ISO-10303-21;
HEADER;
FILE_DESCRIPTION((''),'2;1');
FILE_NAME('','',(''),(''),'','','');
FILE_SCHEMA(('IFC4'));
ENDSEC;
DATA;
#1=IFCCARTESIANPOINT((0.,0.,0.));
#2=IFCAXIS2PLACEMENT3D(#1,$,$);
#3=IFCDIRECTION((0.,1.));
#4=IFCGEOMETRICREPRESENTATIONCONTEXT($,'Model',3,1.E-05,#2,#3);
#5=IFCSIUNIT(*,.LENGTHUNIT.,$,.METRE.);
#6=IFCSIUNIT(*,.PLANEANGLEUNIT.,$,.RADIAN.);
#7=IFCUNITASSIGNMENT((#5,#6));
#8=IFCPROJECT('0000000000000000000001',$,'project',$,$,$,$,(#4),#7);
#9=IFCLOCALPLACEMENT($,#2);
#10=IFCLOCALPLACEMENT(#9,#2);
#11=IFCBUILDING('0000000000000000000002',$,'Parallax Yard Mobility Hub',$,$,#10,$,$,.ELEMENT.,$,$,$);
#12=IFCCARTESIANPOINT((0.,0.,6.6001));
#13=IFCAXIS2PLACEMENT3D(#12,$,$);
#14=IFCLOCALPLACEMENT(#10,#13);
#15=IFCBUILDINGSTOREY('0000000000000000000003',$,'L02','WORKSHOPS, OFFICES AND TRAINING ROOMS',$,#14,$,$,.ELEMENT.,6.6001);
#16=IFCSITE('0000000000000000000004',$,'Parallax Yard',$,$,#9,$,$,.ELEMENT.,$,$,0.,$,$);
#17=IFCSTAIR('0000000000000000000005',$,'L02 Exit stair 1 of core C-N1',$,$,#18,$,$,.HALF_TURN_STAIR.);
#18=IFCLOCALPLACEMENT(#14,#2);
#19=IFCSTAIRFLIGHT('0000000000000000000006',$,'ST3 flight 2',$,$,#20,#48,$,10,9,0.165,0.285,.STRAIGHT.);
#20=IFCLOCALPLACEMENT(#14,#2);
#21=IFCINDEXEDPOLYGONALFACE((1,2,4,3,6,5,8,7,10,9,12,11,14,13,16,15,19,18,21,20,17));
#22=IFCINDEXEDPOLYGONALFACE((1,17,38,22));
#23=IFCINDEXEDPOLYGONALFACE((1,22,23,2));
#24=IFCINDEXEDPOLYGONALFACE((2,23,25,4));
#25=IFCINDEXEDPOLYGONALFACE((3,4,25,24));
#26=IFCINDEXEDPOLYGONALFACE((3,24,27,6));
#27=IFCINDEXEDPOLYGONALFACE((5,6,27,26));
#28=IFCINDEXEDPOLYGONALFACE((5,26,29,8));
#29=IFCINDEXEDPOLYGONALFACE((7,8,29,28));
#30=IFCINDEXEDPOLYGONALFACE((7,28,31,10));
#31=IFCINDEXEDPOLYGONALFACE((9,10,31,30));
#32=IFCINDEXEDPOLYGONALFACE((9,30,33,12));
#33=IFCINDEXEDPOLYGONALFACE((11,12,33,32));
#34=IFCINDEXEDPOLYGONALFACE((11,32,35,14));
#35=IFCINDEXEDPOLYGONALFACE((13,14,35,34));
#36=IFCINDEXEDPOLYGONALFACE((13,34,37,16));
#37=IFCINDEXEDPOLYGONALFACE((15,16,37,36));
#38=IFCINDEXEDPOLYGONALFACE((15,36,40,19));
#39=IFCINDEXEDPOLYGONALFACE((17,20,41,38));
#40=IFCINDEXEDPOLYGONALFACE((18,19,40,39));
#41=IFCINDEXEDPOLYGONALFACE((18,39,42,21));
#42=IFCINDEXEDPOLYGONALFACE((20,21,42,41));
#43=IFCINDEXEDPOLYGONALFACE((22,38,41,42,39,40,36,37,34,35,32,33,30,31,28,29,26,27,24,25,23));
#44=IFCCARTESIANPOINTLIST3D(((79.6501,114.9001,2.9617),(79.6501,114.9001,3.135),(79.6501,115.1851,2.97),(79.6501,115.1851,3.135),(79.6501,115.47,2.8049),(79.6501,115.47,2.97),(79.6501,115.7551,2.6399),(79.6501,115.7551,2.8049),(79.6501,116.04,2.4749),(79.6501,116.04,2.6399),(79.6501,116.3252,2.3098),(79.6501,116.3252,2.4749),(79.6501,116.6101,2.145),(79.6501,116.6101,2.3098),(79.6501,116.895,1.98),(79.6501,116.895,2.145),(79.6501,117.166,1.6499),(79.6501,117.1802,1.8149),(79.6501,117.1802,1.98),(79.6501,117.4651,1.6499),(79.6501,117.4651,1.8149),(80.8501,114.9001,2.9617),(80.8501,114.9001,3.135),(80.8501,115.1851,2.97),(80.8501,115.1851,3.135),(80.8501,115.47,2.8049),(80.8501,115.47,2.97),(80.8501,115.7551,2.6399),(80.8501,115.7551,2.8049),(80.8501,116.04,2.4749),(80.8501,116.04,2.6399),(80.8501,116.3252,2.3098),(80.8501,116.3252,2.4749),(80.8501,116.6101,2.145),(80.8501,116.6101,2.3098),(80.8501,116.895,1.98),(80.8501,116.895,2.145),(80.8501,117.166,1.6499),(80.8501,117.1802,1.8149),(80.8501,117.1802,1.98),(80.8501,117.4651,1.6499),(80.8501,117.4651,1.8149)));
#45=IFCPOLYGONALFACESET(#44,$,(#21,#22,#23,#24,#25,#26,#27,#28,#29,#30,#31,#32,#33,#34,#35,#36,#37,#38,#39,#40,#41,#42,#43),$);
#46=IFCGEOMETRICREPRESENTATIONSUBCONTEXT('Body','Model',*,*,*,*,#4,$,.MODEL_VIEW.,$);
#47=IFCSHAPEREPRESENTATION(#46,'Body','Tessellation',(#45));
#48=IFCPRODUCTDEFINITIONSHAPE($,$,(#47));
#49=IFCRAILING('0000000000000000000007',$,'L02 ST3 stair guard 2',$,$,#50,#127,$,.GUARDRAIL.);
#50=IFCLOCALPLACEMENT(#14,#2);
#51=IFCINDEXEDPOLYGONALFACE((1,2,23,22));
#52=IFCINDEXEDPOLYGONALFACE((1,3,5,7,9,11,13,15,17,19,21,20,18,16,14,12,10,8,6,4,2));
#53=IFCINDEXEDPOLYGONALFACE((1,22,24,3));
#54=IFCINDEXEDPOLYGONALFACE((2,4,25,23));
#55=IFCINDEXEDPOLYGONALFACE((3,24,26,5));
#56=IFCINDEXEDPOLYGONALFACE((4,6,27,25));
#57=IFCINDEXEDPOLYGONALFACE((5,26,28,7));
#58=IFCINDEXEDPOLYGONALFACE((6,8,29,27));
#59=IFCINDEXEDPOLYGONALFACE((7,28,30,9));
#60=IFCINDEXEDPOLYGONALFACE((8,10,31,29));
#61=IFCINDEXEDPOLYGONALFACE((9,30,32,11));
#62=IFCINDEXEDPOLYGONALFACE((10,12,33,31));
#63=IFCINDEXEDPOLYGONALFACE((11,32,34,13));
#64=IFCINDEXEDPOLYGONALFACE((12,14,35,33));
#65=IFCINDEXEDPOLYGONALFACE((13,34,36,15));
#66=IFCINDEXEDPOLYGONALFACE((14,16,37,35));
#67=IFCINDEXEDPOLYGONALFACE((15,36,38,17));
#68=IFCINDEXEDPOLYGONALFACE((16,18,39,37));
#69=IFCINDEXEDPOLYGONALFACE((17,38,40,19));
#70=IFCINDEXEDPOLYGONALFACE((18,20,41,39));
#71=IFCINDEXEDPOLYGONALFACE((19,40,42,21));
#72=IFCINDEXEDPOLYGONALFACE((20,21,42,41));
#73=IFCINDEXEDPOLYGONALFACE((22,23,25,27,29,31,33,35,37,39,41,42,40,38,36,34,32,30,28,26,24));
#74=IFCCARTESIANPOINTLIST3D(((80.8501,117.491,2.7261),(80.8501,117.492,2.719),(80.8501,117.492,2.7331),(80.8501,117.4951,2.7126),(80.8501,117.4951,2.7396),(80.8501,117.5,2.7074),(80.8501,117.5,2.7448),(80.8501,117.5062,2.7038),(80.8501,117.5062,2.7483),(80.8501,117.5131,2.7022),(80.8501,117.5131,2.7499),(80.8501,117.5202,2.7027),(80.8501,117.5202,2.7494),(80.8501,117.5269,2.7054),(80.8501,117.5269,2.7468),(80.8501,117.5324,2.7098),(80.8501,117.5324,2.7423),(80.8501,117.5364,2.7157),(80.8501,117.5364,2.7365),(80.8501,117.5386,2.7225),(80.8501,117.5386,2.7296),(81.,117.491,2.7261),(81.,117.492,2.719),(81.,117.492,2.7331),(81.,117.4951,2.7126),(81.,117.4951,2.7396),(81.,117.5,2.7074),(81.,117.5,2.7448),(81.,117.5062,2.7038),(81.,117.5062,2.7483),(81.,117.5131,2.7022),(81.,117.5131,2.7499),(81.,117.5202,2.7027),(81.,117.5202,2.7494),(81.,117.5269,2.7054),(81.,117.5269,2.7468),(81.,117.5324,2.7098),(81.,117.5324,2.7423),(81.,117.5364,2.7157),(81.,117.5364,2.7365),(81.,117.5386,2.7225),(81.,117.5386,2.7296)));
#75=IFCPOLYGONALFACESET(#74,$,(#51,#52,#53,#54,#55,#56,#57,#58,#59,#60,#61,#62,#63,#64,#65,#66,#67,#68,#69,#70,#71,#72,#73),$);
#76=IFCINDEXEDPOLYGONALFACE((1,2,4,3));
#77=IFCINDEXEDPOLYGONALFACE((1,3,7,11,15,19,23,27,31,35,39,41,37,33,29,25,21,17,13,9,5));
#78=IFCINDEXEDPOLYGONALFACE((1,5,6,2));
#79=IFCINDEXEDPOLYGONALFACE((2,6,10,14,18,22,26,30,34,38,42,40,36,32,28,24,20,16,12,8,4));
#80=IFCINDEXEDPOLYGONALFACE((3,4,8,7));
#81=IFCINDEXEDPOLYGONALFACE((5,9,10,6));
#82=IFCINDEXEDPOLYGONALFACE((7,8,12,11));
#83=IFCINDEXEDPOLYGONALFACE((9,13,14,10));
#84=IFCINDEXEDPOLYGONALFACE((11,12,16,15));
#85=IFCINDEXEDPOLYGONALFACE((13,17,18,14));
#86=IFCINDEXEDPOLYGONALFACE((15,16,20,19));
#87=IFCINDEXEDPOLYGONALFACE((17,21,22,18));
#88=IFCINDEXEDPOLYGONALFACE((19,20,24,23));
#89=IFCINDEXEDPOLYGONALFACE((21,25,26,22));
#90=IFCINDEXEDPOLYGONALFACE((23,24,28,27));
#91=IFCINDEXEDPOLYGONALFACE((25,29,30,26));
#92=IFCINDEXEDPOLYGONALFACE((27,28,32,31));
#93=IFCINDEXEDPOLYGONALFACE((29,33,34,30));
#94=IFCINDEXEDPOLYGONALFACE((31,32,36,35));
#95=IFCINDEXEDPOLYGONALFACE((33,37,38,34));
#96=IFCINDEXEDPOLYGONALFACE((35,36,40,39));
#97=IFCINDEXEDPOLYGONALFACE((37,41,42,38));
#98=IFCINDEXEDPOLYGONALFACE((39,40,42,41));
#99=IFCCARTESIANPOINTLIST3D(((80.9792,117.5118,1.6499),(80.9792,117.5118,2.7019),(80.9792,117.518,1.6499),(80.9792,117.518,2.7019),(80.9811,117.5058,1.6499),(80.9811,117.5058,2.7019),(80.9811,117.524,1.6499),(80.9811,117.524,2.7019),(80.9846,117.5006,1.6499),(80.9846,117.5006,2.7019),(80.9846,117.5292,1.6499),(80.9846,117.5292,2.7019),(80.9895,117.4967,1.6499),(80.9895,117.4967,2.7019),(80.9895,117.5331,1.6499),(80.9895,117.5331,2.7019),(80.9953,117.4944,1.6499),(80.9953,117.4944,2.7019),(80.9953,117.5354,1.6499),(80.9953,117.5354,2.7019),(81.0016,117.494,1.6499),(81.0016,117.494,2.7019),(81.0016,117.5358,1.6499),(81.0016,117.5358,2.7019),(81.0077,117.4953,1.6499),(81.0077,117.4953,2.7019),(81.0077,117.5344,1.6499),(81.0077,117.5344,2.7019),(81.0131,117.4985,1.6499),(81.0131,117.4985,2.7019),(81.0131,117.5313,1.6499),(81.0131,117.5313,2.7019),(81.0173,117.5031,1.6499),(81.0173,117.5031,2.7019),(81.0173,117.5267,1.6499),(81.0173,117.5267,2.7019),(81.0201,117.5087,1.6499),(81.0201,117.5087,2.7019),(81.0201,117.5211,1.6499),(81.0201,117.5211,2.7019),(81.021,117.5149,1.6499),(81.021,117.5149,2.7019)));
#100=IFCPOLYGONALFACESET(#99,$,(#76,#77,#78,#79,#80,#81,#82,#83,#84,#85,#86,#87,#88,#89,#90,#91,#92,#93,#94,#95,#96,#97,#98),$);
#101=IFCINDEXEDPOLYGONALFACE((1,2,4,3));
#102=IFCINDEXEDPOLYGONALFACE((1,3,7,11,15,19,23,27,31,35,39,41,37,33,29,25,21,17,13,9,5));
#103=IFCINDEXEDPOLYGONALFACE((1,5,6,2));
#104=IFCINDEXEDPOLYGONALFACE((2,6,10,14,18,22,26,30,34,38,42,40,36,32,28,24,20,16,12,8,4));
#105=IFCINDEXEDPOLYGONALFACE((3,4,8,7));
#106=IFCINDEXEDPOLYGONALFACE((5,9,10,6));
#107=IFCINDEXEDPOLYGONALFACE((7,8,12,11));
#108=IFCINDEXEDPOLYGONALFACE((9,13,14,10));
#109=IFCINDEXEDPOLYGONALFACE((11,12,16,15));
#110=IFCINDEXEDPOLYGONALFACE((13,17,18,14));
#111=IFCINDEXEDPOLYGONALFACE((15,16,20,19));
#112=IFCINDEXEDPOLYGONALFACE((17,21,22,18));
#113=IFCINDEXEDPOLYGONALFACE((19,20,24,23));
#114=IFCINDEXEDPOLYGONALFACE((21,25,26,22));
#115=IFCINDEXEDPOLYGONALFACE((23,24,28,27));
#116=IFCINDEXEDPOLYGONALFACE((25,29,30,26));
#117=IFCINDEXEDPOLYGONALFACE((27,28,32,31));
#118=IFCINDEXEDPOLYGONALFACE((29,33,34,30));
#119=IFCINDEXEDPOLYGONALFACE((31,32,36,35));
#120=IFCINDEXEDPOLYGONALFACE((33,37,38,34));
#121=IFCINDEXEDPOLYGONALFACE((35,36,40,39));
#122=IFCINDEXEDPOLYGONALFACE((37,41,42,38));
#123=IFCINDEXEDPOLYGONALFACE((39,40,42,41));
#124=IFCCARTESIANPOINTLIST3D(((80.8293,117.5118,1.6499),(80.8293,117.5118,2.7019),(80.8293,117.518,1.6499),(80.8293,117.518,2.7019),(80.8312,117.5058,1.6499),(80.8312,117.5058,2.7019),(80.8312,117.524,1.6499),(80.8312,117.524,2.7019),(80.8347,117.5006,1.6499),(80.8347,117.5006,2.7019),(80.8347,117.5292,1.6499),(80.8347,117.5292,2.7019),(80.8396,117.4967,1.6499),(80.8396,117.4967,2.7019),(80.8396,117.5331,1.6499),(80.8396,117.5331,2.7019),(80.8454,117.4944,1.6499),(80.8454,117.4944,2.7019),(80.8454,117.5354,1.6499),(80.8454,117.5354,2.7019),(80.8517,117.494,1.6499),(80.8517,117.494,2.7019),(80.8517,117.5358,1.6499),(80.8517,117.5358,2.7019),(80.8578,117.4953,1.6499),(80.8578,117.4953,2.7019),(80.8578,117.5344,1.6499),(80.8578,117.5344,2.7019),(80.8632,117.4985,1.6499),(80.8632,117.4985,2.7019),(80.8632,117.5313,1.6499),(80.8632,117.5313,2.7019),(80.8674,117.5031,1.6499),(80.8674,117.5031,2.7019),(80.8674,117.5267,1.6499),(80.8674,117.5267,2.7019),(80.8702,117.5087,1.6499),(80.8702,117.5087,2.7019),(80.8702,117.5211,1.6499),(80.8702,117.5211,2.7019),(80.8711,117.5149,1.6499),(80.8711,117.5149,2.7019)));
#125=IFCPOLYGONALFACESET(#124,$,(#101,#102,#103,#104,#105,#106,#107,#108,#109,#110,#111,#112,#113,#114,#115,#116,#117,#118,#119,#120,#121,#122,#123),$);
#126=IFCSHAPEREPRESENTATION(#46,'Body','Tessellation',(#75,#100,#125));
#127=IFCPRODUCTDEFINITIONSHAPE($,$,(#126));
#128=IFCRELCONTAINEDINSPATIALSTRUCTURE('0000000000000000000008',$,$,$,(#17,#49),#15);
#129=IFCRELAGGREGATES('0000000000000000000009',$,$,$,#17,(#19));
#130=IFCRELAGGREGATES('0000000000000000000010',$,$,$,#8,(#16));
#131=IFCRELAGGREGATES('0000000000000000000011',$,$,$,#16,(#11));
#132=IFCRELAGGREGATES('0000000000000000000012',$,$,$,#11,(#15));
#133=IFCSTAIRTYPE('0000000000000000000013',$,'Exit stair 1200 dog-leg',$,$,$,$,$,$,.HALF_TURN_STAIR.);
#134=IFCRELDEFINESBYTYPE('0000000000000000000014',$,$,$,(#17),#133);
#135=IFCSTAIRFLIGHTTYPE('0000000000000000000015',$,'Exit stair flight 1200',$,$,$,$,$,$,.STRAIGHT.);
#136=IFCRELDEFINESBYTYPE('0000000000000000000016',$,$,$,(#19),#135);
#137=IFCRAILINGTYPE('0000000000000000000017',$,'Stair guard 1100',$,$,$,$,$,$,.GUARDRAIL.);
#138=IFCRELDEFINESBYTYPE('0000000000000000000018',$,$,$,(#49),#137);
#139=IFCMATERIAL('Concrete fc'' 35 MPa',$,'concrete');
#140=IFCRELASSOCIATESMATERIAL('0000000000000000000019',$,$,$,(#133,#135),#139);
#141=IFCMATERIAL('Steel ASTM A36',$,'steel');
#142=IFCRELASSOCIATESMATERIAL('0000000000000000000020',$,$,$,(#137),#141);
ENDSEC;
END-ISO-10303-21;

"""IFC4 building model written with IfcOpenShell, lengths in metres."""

from ifc_helpers import new_model, si_unit, direction, frame, origin, origin_2d, place, context, subcontext, project, spatial, polyline, circle, outline, extrude, material, type_object, element, aggregate, save


model = new_model("IFC4")

# Units and contexts
model_context = context("Model", 3, precision=1e-05, world=origin(), true_north=direction((0.0, 1.0)))
body_context = subcontext(model_context, "Body", "Model", "MODEL_VIEW")
ifc_project = project(units=[si_unit("LENGTHUNIT", "METRE"), si_unit("PLANEANGLEUNIT", "RADIAN")], contexts=[model_context])

# Site, building, storey
site_placement = place(None, origin())
site = spatial("IfcSite", under=ifc_project, at=site_placement, Name="Parallax Yard", CompositionType="ELEMENT", RefElevation=0.0)
building_placement = place(site_placement, origin())
building = spatial("IfcBuilding", under=site, at=building_placement, Name="Parallax Yard Mobility Hub", CompositionType="ELEMENT")
storey_placement = place(building_placement, frame((0.0, 0.0, 6.6001)))
storey = spatial("IfcBuildingStorey", under=building, at=storey_placement, Name="L02", Description="WORKSHOPS, OFFICES AND TRAINING ROOMS", CompositionType="ELEMENT", Elevation=6.6001)

# Shared definitions
ifc_material_1 = material(Name="Concrete fc' 35 MPa", Category="concrete")

# Stair, stair flight
stair_type = type_object("IfcStairType", Name="Exit stair 1200 dog-leg", PredefinedType="HALF_TURN_STAIR", material=ifc_material_1)
stair_placement = place(storey_placement, origin())
stair = element("IfcStair", 1, at=stair_placement, inside=storey, type_object=stair_type, Name="L02 Exit stair 1 of core C-N1", PredefinedType="HALF_TURN_STAIR")
stair_flight_type = type_object("IfcStairFlightType", Name="Exit stair flight 1200", PredefinedType="STRAIGHT", material=ifc_material_1)
stair_flight_placement = place(storey_placement, frame((80.25, 117.4651, 1.6499), z_axis=(0.0, 0.0, 1.0), x_axis=(0.0, -1.0, 0.0)))
stair_flight = element("IfcStairFlight", 2, at=stair_flight_placement, type_object=stair_flight_type, Name="ST3 flight 2", NumberOfRisers=10, NumberOfTreads=9, PredefinedType="STRAIGHT", RiserHeight=0.165, TreadLength=0.285, context=body_context, shape_type="SweptSolid", body=[
    extrude(outline(polyline([(0.0, 0.0), (0.0, 0.165), (0.2849, 0.165), (0.2849, 0.3301), (0.5701, 0.3301), (0.5701, 0.4951), (0.855, 0.4951), (0.855, 0.6599), (1.1399, 0.6599), (1.1399, 0.825), (1.425, 0.825), (1.425, 0.99), (1.71, 0.99), (1.71, 1.155), (1.9951, 1.155), (1.9951, 1.3201), (2.28, 1.3201), (2.28, 1.4851), (2.5649, 1.4851), (2.5649, 1.6499), (2.5649, 1.3118), (0.2991, 0.0), (0.0, 0.0)])), frame((0.0, 0.6001, 0.0), z_axis=(0.0, -1.0, 0.0), x_axis=(1.0, 0.0, 0.0)), (0.0, 0.0, 1.0), 1.2),
])
aggregate(stair, [stair_flight])

# Railing
ifc_material_2 = material(Name="Steel ASTM A36", Category="steel")
railing_type_1 = type_object("IfcRailingType", Name="Stair guard 1100", PredefinedType="GUARDRAIL", material=ifc_material_2)
railing_1_placement = place(storey_placement, frame((81.0, 117.5149, 1.6499)))
element("IfcRailing", 3, at=railing_1_placement, inside=storey, type_object=railing_type_1, Name="L02 ST3 stair guard 2", PredefinedType="GUARDRAIL", context=body_context, shape_type="SweptSolid", body=[
    extrude(circle(Radius=0.0239, at=origin_2d()), frame((0.0, 0.0, 1.0762), z_axis=(-1.0, 0.0, 0.0), x_axis=(0.0, -1.0, 0.0)), (0.0, 0.0, 1.0), 0.1499),
    extrude(circle(Radius=0.021, at=origin_2d()), origin(), (0.0, 0.0, 1.0), 1.052),
    extrude(circle(Radius=0.021, at=origin_2d()), frame((-0.1499, 0.0, 0.0)), (0.0, 0.0, 1.0), 1.052),
])

save(model, "model.ifc")
